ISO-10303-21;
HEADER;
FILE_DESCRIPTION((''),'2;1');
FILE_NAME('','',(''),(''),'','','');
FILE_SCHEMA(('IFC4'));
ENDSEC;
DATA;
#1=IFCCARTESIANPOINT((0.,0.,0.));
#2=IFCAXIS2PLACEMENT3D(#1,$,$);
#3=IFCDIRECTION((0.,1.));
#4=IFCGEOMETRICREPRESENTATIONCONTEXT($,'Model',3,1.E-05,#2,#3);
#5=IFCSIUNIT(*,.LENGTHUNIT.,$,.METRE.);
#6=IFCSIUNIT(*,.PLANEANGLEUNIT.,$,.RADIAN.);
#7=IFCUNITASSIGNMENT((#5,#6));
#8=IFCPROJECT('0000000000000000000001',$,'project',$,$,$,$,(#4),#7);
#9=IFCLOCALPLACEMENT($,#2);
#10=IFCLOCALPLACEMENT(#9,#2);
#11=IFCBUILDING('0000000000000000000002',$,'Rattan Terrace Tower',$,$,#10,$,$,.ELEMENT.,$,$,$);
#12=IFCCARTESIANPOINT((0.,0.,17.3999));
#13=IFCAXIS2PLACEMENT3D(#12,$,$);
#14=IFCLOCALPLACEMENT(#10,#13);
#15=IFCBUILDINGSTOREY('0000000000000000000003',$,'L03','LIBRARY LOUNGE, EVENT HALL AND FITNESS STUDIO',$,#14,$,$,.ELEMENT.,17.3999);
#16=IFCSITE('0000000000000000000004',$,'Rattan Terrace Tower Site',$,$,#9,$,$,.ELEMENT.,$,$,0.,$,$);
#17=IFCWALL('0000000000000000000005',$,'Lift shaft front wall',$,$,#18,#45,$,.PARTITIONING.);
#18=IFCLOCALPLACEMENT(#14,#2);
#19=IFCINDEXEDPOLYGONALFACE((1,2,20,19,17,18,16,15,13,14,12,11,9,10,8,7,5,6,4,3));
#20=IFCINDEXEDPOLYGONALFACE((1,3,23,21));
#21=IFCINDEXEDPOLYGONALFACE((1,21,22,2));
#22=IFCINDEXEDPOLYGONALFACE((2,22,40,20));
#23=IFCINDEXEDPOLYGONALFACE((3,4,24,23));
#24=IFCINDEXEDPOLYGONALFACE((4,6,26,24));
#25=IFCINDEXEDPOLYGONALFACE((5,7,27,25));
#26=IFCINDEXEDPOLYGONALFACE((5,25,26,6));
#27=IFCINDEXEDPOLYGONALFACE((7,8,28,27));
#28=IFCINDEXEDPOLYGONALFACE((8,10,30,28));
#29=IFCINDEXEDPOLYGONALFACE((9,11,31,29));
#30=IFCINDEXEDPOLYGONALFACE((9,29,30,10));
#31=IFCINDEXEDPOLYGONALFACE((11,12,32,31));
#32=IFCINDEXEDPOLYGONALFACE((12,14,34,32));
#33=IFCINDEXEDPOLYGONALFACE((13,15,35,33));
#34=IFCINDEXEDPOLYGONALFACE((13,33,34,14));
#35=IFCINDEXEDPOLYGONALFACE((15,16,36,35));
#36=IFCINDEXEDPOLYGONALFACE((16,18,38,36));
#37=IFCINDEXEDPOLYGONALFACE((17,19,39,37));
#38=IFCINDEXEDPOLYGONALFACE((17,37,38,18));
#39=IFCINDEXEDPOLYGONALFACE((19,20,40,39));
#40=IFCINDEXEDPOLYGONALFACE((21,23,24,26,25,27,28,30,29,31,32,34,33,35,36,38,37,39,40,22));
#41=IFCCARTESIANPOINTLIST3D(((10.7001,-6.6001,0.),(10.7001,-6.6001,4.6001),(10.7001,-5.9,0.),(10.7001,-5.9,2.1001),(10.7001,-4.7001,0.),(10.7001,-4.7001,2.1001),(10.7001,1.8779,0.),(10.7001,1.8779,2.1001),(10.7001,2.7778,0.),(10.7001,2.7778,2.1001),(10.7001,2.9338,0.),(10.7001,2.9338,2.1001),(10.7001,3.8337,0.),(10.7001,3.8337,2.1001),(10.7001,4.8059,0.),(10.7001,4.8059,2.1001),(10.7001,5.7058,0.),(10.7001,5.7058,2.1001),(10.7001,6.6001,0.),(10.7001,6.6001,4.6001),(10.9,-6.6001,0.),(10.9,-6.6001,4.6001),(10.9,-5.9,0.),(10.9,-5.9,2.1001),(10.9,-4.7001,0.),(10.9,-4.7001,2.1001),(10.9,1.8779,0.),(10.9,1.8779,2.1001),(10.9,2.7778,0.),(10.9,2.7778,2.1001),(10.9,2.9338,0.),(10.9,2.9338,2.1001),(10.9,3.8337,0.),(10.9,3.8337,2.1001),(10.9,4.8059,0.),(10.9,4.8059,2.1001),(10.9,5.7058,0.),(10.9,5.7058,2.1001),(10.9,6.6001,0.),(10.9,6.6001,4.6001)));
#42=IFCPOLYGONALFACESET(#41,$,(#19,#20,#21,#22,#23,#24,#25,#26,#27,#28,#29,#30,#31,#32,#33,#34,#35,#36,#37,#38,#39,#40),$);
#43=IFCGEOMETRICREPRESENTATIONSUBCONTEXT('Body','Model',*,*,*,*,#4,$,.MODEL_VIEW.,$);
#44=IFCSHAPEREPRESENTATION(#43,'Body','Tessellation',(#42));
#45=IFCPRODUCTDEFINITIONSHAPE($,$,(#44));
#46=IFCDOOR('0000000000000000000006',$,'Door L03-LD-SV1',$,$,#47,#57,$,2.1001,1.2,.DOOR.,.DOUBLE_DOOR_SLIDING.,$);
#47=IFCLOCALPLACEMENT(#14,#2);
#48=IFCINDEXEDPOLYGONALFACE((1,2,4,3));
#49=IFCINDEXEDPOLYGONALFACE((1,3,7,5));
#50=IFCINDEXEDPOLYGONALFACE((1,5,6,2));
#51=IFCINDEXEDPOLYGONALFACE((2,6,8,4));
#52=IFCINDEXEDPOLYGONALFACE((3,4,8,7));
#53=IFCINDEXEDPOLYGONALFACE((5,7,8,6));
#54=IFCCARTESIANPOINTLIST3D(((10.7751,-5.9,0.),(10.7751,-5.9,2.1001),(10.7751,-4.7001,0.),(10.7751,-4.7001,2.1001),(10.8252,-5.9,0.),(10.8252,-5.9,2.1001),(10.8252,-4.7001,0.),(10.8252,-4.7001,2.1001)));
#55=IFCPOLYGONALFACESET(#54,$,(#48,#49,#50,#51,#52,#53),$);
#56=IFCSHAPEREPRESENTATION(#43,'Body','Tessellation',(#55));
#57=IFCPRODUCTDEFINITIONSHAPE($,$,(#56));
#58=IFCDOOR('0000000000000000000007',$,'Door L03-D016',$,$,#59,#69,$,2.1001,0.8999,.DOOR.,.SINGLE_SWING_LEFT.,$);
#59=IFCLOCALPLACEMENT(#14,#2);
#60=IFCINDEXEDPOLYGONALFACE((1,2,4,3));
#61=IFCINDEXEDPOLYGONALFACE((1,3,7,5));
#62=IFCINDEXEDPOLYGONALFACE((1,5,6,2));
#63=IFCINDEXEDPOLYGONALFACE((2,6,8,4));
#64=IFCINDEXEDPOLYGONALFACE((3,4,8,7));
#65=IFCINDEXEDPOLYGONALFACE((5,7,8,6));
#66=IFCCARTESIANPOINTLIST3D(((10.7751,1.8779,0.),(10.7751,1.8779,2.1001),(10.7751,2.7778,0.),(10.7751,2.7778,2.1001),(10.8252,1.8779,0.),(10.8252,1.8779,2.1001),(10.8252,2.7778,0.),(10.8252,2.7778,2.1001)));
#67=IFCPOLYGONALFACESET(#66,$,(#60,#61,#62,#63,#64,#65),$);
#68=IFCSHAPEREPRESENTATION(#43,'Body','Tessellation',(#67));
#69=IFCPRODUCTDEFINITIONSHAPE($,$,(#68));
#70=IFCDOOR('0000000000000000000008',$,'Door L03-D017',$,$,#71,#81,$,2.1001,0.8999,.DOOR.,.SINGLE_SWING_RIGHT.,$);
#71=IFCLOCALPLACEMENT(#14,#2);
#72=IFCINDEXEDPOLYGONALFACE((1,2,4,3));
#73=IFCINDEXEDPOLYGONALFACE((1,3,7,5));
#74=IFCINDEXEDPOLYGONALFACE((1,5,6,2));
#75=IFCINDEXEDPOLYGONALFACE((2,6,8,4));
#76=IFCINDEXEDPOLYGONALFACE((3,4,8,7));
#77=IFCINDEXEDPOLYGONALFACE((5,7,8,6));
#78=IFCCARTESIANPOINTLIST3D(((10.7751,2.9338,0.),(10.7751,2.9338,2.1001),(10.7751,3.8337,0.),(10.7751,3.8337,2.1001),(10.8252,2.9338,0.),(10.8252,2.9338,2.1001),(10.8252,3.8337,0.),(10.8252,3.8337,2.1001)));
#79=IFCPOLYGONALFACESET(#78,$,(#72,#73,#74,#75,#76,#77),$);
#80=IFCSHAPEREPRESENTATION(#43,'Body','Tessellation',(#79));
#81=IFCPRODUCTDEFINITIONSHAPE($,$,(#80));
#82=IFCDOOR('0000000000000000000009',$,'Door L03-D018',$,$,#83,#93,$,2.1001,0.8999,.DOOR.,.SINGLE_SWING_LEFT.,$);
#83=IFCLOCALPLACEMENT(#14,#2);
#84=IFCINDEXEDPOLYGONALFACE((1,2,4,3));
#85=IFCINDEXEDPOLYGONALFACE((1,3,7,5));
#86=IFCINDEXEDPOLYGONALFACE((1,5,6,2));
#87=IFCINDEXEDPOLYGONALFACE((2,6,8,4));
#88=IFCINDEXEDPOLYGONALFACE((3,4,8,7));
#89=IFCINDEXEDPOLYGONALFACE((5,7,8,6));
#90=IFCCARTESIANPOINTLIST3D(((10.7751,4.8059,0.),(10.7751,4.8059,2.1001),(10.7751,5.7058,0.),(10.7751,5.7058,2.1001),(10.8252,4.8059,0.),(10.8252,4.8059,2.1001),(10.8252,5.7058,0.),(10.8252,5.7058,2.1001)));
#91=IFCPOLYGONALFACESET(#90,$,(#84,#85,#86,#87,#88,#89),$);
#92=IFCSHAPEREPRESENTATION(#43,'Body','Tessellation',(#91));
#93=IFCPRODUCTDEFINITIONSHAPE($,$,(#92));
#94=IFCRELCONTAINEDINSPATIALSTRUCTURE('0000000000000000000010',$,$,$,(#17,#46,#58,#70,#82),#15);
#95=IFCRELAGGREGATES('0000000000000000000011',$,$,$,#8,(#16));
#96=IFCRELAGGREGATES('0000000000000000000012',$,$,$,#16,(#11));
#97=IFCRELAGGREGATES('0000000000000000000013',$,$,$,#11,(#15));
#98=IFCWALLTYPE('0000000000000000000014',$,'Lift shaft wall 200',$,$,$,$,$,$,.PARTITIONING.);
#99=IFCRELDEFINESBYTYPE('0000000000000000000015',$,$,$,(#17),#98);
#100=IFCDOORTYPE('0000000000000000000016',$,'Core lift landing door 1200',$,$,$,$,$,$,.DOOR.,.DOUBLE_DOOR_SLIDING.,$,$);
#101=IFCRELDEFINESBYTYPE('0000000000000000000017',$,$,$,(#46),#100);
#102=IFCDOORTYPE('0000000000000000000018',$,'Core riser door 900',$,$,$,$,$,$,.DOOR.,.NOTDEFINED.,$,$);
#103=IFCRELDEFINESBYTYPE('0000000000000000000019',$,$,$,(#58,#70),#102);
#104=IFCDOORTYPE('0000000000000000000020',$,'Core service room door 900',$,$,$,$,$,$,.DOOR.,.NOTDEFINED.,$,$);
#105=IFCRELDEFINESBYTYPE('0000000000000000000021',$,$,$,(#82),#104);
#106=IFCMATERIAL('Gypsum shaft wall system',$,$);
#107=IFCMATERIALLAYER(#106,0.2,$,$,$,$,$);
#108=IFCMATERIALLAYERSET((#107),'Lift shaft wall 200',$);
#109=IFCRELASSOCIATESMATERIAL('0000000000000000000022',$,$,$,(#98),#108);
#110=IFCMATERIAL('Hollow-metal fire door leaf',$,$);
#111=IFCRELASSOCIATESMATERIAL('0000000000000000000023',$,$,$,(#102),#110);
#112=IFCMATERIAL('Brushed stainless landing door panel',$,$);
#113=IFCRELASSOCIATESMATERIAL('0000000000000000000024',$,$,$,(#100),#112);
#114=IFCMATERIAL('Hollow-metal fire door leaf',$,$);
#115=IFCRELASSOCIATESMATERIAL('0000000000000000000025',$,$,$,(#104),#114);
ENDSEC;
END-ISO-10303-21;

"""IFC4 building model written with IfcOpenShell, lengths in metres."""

from ifc_helpers import new_model, si_unit, direction, frame, frame_2d, origin, place, context, subcontext, project, spatial, rectangle, extrude, material, layer, layer_set, type_object, element, fill, save


model = new_model("IFC4")

# Units and contexts
model_context = context("Model", 3, precision=1e-05, world=origin(), true_north=direction((0.0, 1.0)))
body_context = subcontext(model_context, "Body", "Model", "MODEL_VIEW")
ifc_project = project(units=[si_unit("LENGTHUNIT", "METRE"), si_unit("PLANEANGLEUNIT", "RADIAN")], contexts=[model_context])

# Site, building, storey
site_placement = place(None, origin())
site = spatial("IfcSite", under=ifc_project, at=site_placement, Name="Rattan Terrace Tower Site", CompositionType="ELEMENT", RefElevation=0.0)
building_placement = place(site_placement, origin())
building = spatial("IfcBuilding", under=site, at=building_placement, Name="Rattan Terrace Tower", CompositionType="ELEMENT")
storey_placement = place(building_placement, frame((0.0, 0.0, 17.3999)))
storey = spatial("IfcBuildingStorey", under=building, at=storey_placement, Name="L03", Description="LIBRARY LOUNGE, EVENT HALL AND FITNESS STUDIO", CompositionType="ELEMENT", Elevation=17.3999)

# Shared definitions
ifc_material_1 = material(Name="Gypsum shaft wall system")
ifc_layer_1 = layer(ifc_material_1, 0.2)
ifc_layer_set_1 = layer_set([ifc_layer_1], Name="Lift shaft wall 200")
wall_type_1 = type_object("IfcWallType", Name="Lift shaft wall 200", PredefinedType="PARTITIONING", material=ifc_layer_set_1)
ifc_material_2 = material(Name="Hollow-metal fire door leaf")
door_type_1 = type_object("IfcDoorType", Name="Core riser door 900", OperationType="NOTDEFINED", PredefinedType="DOOR", material=ifc_material_2)

# Wall, openings, doors
wall_1_placement = place(storey_placement, frame((10.8, -6.6001, 0.0), z_axis=(0.0, 0.0, 1.0), x_axis=(0.0, 1.0, 0.0)))
wall_1 = element("IfcWall", 1, at=wall_1_placement, inside=storey, type_object=wall_type_1, Name="Lift shaft front wall", PredefinedType="PARTITIONING", context=body_context, shape_type="SweptSolid", body=[
    extrude(rectangle(XDim=13.2002, YDim=0.2, at=frame_2d((6.6001, 0.0))), origin(), (0.0, 0.0, 1.0), 4.6001),
])
opening_1_placement = place(wall_1_placement, frame((0.7, 0.0, 0.0)))
opening_1 = element("IfcOpeningElement", 2, at=opening_1_placement, cuts=wall_1, PredefinedType="OPENING", context=body_context, shape_type="SweptSolid", body=[
    extrude(rectangle(XDim=1.2, YDim=2.1001, at=frame_2d((0.6001, 1.05))), frame((0.0, 0.1106, 0.0), z_axis=(0.0, -1.0, 0.0), x_axis=(1.0, 0.0, 0.0)), (0.0, 0.0, 1.0), 0.2209),
])
opening_2_placement = place(wall_1_placement, frame((8.478, 0.0, 0.0)))
opening_2 = element("IfcOpeningElement", 3, at=opening_2_placement, cuts=wall_1, PredefinedType="OPENING", context=body_context, shape_type="SweptSolid", body=[
    extrude(rectangle(XDim=0.8999, YDim=2.1001, at=frame_2d((0.45, 1.05))), frame((0.0, 0.1106, 0.0), z_axis=(0.0, -1.0, 0.0), x_axis=(1.0, 0.0, 0.0)), (0.0, 0.0, 1.0), 0.2209),
])
opening_3_placement = place(wall_1_placement, frame((9.5339, 0.0, 0.0)))
opening_3 = element("IfcOpeningElement", 4, at=opening_3_placement, cuts=wall_1, PredefinedType="OPENING", context=body_context, shape_type="SweptSolid", body=[
    extrude(rectangle(XDim=0.8999, YDim=2.1001, at=frame_2d((0.45, 1.05))), frame((0.0, 0.1106, 0.0), z_axis=(0.0, -1.0, 0.0), x_axis=(1.0, 0.0, 0.0)), (0.0, 0.0, 1.0), 0.2209),
])
opening_4_placement = place(wall_1_placement, frame((11.406, 0.0, 0.0)))
opening_4 = element("IfcOpeningElement", 5, at=opening_4_placement, cuts=wall_1, PredefinedType="OPENING", context=body_context, shape_type="SweptSolid", body=[
    extrude(rectangle(XDim=0.8999, YDim=2.1001, at=frame_2d((0.45, 1.05))), frame((0.0, 0.1106, 0.0), z_axis=(0.0, -1.0, 0.0), x_axis=(1.0, 0.0, 0.0)), (0.0, 0.0, 1.0), 0.2209),
])
ifc_material_3 = material(Name="Brushed stainless landing door panel")
door_type_2 = type_object("IfcDoorType", Name="Core lift landing door 1200", OperationType="DOUBLE_DOOR_SLIDING", PredefinedType="DOOR", material=ifc_material_3)
door_1_placement = place(opening_1_placement, origin())
door_1 = element("IfcDoor", 6, at=door_1_placement, inside=storey, type_object=door_type_2, Name="Door L03-LD-SV1", OperationType="DOUBLE_DOOR_SLIDING", OverallHeight=2.1001, OverallWidth=1.2, PredefinedType="DOOR", context=body_context, shape_type="SweptSolid", body=[
    extrude(rectangle(XDim=1.2, YDim=2.1001, at=frame_2d((0.6001, 1.05))), frame((0.0, 0.0249, 0.0), z_axis=(0.0, -1.0, 0.0), x_axis=(1.0, 0.0, 0.0)), (0.0, 0.0, 1.0), 0.05),
])
fill(opening_1, door_1)
door_2_placement = place(opening_2_placement, origin())
door_2 = element("IfcDoor", 7, at=door_2_placement, inside=storey, type_object=door_type_1, Name="Door L03-D016", OperationType="SINGLE_SWING_LEFT", OverallHeight=2.1001, OverallWidth=0.8999, PredefinedType="DOOR", context=body_context, shape_type="SweptSolid", body=[
    extrude(rectangle(XDim=0.8999, YDim=2.1001, at=frame_2d((0.45, 1.05))), frame((0.0, 0.0249, 0.0), z_axis=(0.0, -1.0, 0.0), x_axis=(1.0, 0.0, 0.0)), (0.0, 0.0, 1.0), 0.05),
])
fill(opening_2, door_2)
door_3_placement = place(opening_3_placement, origin())
door_3 = element("IfcDoor", 8, at=door_3_placement, inside=storey, type_object=door_type_1, Name="Door L03-D017", OperationType="SINGLE_SWING_RIGHT", OverallHeight=2.1001, OverallWidth=0.8999, PredefinedType="DOOR", context=body_context, shape_type="SweptSolid", body=[
    extrude(rectangle(XDim=0.8999, YDim=2.1001, at=frame_2d((0.45, 1.05))), frame((0.0, 0.0249, 0.0), z_axis=(0.0, -1.0, 0.0), x_axis=(1.0, 0.0, 0.0)), (0.0, 0.0, 1.0), 0.05),
])
fill(opening_3, door_3)
ifc_material_4 = material(Name="Hollow-metal fire door leaf")
door_type_3 = type_object("IfcDoorType", Name="Core service room door 900", OperationType="NOTDEFINED", PredefinedType="DOOR", material=ifc_material_4)
door_4_placement = place(opening_4_placement, origin())
door_4 = element("IfcDoor", 9, at=door_4_placement, inside=storey, type_object=door_type_3, Name="Door L03-D018", OperationType="SINGLE_SWING_LEFT", OverallHeight=2.1001, OverallWidth=0.8999, PredefinedType="DOOR", context=body_context, shape_type="SweptSolid", body=[
    extrude(rectangle(XDim=0.8999, YDim=2.1001, at=frame_2d((0.45, 1.05))), frame((0.0, 0.0249, 0.0), z_axis=(0.0, -1.0, 0.0), x_axis=(1.0, 0.0, 0.0)), (0.0, 0.0, 1.0), 0.05),
])
fill(opening_4, door_4)

save(model, "model.ifc")
